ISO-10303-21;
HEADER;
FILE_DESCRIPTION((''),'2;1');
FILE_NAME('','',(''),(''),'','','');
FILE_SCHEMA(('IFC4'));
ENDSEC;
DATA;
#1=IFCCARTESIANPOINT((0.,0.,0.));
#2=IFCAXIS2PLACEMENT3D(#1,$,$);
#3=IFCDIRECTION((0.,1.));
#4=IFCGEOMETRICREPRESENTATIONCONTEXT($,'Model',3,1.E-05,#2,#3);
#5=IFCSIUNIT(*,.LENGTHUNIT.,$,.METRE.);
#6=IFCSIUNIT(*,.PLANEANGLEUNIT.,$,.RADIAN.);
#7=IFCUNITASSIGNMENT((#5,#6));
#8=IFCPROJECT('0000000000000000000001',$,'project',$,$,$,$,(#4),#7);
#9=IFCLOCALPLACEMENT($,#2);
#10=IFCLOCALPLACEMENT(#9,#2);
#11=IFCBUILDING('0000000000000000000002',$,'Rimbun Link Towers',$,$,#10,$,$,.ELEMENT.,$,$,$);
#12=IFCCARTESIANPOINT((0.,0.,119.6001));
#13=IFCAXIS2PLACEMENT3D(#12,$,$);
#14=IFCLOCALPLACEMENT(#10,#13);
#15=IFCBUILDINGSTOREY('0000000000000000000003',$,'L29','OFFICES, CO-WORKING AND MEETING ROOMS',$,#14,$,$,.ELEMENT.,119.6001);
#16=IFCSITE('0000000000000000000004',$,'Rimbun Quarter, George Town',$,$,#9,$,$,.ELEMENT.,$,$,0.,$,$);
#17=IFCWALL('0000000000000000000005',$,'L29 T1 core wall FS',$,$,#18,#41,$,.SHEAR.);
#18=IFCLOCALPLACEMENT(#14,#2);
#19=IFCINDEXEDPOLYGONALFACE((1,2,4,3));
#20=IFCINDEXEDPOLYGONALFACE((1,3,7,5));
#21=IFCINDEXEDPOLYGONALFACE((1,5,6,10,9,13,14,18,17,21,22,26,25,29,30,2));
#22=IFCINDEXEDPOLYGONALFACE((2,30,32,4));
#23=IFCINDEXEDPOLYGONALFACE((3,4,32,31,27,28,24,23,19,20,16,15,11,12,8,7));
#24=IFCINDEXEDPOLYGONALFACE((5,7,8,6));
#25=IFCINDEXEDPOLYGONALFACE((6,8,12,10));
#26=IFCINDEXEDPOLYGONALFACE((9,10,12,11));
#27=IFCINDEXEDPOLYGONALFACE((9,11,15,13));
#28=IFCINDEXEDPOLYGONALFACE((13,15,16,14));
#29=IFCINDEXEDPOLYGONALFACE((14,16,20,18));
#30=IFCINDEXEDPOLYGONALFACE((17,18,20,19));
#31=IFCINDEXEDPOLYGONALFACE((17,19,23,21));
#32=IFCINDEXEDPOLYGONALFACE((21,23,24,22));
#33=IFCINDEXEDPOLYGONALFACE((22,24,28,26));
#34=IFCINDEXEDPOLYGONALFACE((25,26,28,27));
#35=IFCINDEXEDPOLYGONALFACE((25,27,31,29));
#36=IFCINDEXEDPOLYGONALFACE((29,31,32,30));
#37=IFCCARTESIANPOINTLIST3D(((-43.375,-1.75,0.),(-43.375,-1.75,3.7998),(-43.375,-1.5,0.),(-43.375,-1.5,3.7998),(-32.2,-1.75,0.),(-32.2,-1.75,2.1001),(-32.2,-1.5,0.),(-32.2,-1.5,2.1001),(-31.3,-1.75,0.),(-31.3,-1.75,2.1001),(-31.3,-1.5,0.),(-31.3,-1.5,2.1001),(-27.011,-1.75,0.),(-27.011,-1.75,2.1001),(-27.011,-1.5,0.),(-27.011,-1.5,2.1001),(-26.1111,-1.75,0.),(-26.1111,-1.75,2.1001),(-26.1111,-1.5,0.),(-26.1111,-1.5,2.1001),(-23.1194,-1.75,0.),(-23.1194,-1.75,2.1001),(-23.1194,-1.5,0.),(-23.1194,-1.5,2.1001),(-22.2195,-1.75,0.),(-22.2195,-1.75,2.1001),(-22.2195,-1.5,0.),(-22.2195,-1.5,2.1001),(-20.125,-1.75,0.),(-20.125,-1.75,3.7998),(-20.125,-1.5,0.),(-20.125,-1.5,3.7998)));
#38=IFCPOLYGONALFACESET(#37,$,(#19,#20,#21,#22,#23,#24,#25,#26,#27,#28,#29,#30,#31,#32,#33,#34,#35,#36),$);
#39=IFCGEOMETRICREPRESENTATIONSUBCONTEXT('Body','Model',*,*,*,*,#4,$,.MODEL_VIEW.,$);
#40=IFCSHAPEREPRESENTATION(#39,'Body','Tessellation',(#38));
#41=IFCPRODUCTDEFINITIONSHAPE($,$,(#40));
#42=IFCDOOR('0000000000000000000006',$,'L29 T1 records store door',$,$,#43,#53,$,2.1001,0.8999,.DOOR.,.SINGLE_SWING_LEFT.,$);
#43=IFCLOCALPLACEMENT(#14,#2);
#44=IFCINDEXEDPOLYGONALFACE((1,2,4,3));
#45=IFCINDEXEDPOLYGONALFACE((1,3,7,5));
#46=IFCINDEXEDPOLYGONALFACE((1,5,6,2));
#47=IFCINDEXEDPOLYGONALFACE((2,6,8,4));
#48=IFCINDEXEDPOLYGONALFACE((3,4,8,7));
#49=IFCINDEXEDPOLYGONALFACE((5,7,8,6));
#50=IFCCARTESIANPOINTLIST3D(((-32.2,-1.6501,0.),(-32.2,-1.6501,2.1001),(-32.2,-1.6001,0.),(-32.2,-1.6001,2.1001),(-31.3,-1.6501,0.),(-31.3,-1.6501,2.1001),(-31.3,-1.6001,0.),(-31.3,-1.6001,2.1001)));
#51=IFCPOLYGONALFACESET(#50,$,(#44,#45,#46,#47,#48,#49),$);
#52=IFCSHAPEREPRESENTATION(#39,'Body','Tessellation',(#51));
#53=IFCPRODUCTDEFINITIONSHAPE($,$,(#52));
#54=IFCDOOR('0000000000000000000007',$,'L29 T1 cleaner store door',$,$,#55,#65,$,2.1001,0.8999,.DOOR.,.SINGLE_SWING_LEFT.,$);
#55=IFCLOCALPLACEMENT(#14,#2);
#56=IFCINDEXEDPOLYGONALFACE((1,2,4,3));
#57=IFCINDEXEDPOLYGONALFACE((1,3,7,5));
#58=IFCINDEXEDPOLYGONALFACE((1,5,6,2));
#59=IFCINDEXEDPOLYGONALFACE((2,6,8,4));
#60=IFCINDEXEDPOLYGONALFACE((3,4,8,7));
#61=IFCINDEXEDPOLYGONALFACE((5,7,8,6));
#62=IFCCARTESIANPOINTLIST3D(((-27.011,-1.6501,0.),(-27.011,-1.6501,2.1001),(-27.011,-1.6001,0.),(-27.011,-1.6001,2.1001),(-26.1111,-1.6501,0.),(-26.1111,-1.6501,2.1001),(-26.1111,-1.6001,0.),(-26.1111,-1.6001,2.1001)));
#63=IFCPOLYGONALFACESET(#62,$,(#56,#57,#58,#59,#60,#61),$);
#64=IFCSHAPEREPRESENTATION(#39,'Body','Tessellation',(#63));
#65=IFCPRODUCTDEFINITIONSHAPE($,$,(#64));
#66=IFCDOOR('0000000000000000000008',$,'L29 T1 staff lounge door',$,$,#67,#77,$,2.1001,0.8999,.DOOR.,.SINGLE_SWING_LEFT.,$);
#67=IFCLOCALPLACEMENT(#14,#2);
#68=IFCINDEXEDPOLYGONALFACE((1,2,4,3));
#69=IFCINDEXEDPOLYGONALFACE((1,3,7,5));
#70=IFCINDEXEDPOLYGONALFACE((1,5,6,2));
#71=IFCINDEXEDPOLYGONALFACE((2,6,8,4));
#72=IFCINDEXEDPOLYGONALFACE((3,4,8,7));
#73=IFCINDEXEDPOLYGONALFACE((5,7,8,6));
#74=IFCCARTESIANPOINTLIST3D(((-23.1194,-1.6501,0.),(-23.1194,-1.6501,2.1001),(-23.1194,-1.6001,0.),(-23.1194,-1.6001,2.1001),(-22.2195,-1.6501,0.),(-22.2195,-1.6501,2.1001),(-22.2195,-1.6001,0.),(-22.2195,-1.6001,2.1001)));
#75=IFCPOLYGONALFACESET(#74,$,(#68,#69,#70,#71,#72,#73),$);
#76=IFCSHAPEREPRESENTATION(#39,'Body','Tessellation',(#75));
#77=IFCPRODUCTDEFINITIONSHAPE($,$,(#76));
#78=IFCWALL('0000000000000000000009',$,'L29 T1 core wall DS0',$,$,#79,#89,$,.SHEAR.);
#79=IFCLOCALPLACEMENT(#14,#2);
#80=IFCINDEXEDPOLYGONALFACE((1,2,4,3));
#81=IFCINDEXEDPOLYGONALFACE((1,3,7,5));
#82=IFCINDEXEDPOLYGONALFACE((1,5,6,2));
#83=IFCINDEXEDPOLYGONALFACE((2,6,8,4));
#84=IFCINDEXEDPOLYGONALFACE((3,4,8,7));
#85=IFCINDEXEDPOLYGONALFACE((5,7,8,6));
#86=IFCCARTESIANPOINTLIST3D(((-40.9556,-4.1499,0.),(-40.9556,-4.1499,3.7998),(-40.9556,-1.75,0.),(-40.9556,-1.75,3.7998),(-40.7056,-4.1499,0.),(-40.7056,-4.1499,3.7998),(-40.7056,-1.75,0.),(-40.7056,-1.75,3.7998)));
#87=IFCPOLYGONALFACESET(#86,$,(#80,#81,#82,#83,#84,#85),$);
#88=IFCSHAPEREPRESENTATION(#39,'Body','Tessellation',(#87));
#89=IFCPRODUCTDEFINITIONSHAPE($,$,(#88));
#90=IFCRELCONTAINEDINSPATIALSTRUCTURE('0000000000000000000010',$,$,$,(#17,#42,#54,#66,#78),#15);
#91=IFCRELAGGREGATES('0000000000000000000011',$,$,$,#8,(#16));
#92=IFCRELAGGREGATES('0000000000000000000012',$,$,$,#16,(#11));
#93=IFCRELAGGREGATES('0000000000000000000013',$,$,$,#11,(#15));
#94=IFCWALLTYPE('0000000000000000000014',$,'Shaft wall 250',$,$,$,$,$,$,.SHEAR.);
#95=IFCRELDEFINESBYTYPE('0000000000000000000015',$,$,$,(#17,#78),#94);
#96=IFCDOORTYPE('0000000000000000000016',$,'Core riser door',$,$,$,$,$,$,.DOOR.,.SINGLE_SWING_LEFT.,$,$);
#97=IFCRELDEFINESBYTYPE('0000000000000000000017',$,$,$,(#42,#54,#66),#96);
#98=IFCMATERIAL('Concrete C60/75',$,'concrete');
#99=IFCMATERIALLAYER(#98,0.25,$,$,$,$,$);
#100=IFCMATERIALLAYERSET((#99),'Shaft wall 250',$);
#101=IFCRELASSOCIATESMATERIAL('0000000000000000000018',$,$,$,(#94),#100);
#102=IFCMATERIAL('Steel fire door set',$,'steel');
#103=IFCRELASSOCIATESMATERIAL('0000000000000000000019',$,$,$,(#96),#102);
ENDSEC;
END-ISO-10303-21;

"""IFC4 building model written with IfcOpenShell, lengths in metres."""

from ifc_helpers import new_model, si_unit, direction, frame, frame_2d, origin, place, context, subcontext, project, spatial, rectangle, extrude, material, layer, layer_set, type_object, element, fill, save


model = new_model("IFC4")

# Units and contexts
model_context = context("Model", 3, precision=1e-05, world=origin(), true_north=direction((0.0, 1.0)))
body_context = subcontext(model_context, "Body", "Model", "MODEL_VIEW")
ifc_project = project(units=[si_unit("LENGTHUNIT", "METRE"), si_unit("PLANEANGLEUNIT", "RADIAN")], contexts=[model_context])

# Site, building, storey
site_placement = place(None, origin())
site = spatial("IfcSite", under=ifc_project, at=site_placement, Name="Rimbun Quarter, George Town", CompositionType="ELEMENT", RefElevation=0.0)
building_placement = place(site_placement, origin())
building = spatial("IfcBuilding", under=site, at=building_placement, Name="Rimbun Link Towers", CompositionType="ELEMENT")
storey_placement = place(building_placement, frame((0.0, 0.0, 119.6001)))
storey = spatial("IfcBuildingStorey", under=building, at=storey_placement, Name="L29", Description="OFFICES, CO-WORKING AND MEETING ROOMS", CompositionType="ELEMENT", Elevation=119.6001)

# Shared definitions
ifc_material_1 = material(Name="Concrete C60/75", Category="concrete")
ifc_layer_1 = layer(ifc_material_1, 0.25)
ifc_layer_set_1 = layer_set([ifc_layer_1], Name="Shaft wall 250")
wall_type_1 = type_object("IfcWallType", Name="Shaft wall 250", PredefinedType="SHEAR", material=ifc_layer_set_1)

# Wall, openings, doors
wall_1_placement = place(storey_placement, frame((-43.375, -1.625, 0.0), z_axis=(0.0, 0.0, 1.0), x_axis=(1.0, 0.0, 0.0)))
wall_1 = element("IfcWall", 1, at=wall_1_placement, inside=storey, type_object=wall_type_1, Name="L29 T1 core wall FS", PredefinedType="SHEAR", context=body_context, shape_type="SweptSolid", body=[
    extrude(rectangle(XDim=23.25, YDim=0.25, at=frame_2d((11.625, 0.0))), origin(), (0.0, 0.0, 1.0), 3.7998),
])
opening_1_placement = place(wall_1_placement, frame((11.175, 0.0, 0.0)))
opening_1 = element("IfcOpeningElement", 2, at=opening_1_placement, cuts=wall_1, PredefinedType="OPENING", context=body_context, shape_type="SweptSolid", body=[
    extrude(rectangle(XDim=0.8999, YDim=2.1001, at=frame_2d((0.45, 1.05))), frame((0.0, 0.135, 0.0), z_axis=(0.0, -1.0, 0.0), x_axis=(1.0, 0.0, 0.0)), (0.0, 0.0, 1.0), 0.27),
])
opening_2_placement = place(wall_1_placement, frame((16.364, 0.0, 0.0)))
opening_2 = element("IfcOpeningElement", 3, at=opening_2_placement, cuts=wall_1, PredefinedType="OPENING", context=body_context, shape_type="SweptSolid", body=[
    extrude(rectangle(XDim=0.8999, YDim=2.1001, at=frame_2d((0.45, 1.05))), frame((0.0, 0.135, 0.0), z_axis=(0.0, -1.0, 0.0), x_axis=(1.0, 0.0, 0.0)), (0.0, 0.0, 1.0), 0.27),
])
opening_3_placement = place(wall_1_placement, frame((20.2556, 0.0, 0.0)))
opening_3 = element("IfcOpeningElement", 4, at=opening_3_placement, cuts=wall_1, PredefinedType="OPENING", context=body_context, shape_type="SweptSolid", body=[
    extrude(rectangle(XDim=0.8999, YDim=2.1001, at=frame_2d((0.45, 1.05))), frame((0.0, 0.135, 0.0), z_axis=(0.0, -1.0, 0.0), x_axis=(1.0, 0.0, 0.0)), (0.0, 0.0, 1.0), 0.27),
])
ifc_material_2 = material(Name="Steel fire door set", Category="steel")
door_type_1 = type_object("IfcDoorType", Name="Core riser door", OperationType="SINGLE_SWING_LEFT", PredefinedType="DOOR", material=ifc_material_2)
door_1_placement = place(opening_1_placement, origin())
door_1 = element("IfcDoor", 5, at=door_1_placement, inside=storey, type_object=door_type_1, Name="L29 T1 records store door", OperationType="SINGLE_SWING_LEFT", OverallHeight=2.1001, OverallWidth=0.8999, PredefinedType="DOOR", context=body_context, shape_type="SweptSolid", body=[
    extrude(rectangle(XDim=0.8999, YDim=2.1001, at=frame_2d((0.45, 1.05))), frame((0.0, 0.0249, 0.0), z_axis=(0.0, -1.0, 0.0), x_axis=(1.0, 0.0, 0.0)), (0.0, 0.0, 1.0), 0.05),
])
fill(opening_1, door_1)
door_2_placement = place(opening_2_placement, origin())
door_2 = element("IfcDoor", 6, at=door_2_placement, inside=storey, type_object=door_type_1, Name="L29 T1 cleaner store door", OperationType="SINGLE_SWING_LEFT", OverallHeight=2.1001, OverallWidth=0.8999, PredefinedType="DOOR", context=body_context, shape_type="SweptSolid", body=[
    extrude(rectangle(XDim=0.8999, YDim=2.1001, at=frame_2d((0.45, 1.05))), frame((0.0, 0.0249, 0.0), z_axis=(0.0, -1.0, 0.0), x_axis=(1.0, 0.0, 0.0)), (0.0, 0.0, 1.0), 0.05),
])
fill(opening_2, door_2)
door_3_placement = place(opening_3_placement, origin())
door_3 = element("IfcDoor", 7, at=door_3_placement, inside=storey, type_object=door_type_1, Name="L29 T1 staff lounge door", OperationType="SINGLE_SWING_LEFT", OverallHeight=2.1001, OverallWidth=0.8999, PredefinedType="DOOR", context=body_context, shape_type="SweptSolid", body=[
    extrude(rectangle(XDim=0.8999, YDim=2.1001, at=frame_2d((0.45, 1.05))), frame((0.0, 0.0249, 0.0), z_axis=(0.0, -1.0, 0.0), x_axis=(1.0, 0.0, 0.0)), (0.0, 0.0, 1.0), 0.05),
])
fill(opening_3, door_3)

# Wall
wall_2_placement = place(storey_placement, frame((-40.8306, -4.1499, 0.0), z_axis=(0.0, 0.0, 1.0), x_axis=(0.0, 1.0, 0.0)))
element("IfcWall", 8, at=wall_2_placement, inside=storey, type_object=wall_type_1, Name="L29 T1 core wall DS0", PredefinedType="SHEAR", context=body_context, shape_type="SweptSolid", body=[
    extrude(rectangle(XDim=2.3999, YDim=0.25, at=frame_2d((1.2, 0.0))), origin(), (0.0, 0.0, 1.0), 3.7998),
])

save(model, "model.ifc")
